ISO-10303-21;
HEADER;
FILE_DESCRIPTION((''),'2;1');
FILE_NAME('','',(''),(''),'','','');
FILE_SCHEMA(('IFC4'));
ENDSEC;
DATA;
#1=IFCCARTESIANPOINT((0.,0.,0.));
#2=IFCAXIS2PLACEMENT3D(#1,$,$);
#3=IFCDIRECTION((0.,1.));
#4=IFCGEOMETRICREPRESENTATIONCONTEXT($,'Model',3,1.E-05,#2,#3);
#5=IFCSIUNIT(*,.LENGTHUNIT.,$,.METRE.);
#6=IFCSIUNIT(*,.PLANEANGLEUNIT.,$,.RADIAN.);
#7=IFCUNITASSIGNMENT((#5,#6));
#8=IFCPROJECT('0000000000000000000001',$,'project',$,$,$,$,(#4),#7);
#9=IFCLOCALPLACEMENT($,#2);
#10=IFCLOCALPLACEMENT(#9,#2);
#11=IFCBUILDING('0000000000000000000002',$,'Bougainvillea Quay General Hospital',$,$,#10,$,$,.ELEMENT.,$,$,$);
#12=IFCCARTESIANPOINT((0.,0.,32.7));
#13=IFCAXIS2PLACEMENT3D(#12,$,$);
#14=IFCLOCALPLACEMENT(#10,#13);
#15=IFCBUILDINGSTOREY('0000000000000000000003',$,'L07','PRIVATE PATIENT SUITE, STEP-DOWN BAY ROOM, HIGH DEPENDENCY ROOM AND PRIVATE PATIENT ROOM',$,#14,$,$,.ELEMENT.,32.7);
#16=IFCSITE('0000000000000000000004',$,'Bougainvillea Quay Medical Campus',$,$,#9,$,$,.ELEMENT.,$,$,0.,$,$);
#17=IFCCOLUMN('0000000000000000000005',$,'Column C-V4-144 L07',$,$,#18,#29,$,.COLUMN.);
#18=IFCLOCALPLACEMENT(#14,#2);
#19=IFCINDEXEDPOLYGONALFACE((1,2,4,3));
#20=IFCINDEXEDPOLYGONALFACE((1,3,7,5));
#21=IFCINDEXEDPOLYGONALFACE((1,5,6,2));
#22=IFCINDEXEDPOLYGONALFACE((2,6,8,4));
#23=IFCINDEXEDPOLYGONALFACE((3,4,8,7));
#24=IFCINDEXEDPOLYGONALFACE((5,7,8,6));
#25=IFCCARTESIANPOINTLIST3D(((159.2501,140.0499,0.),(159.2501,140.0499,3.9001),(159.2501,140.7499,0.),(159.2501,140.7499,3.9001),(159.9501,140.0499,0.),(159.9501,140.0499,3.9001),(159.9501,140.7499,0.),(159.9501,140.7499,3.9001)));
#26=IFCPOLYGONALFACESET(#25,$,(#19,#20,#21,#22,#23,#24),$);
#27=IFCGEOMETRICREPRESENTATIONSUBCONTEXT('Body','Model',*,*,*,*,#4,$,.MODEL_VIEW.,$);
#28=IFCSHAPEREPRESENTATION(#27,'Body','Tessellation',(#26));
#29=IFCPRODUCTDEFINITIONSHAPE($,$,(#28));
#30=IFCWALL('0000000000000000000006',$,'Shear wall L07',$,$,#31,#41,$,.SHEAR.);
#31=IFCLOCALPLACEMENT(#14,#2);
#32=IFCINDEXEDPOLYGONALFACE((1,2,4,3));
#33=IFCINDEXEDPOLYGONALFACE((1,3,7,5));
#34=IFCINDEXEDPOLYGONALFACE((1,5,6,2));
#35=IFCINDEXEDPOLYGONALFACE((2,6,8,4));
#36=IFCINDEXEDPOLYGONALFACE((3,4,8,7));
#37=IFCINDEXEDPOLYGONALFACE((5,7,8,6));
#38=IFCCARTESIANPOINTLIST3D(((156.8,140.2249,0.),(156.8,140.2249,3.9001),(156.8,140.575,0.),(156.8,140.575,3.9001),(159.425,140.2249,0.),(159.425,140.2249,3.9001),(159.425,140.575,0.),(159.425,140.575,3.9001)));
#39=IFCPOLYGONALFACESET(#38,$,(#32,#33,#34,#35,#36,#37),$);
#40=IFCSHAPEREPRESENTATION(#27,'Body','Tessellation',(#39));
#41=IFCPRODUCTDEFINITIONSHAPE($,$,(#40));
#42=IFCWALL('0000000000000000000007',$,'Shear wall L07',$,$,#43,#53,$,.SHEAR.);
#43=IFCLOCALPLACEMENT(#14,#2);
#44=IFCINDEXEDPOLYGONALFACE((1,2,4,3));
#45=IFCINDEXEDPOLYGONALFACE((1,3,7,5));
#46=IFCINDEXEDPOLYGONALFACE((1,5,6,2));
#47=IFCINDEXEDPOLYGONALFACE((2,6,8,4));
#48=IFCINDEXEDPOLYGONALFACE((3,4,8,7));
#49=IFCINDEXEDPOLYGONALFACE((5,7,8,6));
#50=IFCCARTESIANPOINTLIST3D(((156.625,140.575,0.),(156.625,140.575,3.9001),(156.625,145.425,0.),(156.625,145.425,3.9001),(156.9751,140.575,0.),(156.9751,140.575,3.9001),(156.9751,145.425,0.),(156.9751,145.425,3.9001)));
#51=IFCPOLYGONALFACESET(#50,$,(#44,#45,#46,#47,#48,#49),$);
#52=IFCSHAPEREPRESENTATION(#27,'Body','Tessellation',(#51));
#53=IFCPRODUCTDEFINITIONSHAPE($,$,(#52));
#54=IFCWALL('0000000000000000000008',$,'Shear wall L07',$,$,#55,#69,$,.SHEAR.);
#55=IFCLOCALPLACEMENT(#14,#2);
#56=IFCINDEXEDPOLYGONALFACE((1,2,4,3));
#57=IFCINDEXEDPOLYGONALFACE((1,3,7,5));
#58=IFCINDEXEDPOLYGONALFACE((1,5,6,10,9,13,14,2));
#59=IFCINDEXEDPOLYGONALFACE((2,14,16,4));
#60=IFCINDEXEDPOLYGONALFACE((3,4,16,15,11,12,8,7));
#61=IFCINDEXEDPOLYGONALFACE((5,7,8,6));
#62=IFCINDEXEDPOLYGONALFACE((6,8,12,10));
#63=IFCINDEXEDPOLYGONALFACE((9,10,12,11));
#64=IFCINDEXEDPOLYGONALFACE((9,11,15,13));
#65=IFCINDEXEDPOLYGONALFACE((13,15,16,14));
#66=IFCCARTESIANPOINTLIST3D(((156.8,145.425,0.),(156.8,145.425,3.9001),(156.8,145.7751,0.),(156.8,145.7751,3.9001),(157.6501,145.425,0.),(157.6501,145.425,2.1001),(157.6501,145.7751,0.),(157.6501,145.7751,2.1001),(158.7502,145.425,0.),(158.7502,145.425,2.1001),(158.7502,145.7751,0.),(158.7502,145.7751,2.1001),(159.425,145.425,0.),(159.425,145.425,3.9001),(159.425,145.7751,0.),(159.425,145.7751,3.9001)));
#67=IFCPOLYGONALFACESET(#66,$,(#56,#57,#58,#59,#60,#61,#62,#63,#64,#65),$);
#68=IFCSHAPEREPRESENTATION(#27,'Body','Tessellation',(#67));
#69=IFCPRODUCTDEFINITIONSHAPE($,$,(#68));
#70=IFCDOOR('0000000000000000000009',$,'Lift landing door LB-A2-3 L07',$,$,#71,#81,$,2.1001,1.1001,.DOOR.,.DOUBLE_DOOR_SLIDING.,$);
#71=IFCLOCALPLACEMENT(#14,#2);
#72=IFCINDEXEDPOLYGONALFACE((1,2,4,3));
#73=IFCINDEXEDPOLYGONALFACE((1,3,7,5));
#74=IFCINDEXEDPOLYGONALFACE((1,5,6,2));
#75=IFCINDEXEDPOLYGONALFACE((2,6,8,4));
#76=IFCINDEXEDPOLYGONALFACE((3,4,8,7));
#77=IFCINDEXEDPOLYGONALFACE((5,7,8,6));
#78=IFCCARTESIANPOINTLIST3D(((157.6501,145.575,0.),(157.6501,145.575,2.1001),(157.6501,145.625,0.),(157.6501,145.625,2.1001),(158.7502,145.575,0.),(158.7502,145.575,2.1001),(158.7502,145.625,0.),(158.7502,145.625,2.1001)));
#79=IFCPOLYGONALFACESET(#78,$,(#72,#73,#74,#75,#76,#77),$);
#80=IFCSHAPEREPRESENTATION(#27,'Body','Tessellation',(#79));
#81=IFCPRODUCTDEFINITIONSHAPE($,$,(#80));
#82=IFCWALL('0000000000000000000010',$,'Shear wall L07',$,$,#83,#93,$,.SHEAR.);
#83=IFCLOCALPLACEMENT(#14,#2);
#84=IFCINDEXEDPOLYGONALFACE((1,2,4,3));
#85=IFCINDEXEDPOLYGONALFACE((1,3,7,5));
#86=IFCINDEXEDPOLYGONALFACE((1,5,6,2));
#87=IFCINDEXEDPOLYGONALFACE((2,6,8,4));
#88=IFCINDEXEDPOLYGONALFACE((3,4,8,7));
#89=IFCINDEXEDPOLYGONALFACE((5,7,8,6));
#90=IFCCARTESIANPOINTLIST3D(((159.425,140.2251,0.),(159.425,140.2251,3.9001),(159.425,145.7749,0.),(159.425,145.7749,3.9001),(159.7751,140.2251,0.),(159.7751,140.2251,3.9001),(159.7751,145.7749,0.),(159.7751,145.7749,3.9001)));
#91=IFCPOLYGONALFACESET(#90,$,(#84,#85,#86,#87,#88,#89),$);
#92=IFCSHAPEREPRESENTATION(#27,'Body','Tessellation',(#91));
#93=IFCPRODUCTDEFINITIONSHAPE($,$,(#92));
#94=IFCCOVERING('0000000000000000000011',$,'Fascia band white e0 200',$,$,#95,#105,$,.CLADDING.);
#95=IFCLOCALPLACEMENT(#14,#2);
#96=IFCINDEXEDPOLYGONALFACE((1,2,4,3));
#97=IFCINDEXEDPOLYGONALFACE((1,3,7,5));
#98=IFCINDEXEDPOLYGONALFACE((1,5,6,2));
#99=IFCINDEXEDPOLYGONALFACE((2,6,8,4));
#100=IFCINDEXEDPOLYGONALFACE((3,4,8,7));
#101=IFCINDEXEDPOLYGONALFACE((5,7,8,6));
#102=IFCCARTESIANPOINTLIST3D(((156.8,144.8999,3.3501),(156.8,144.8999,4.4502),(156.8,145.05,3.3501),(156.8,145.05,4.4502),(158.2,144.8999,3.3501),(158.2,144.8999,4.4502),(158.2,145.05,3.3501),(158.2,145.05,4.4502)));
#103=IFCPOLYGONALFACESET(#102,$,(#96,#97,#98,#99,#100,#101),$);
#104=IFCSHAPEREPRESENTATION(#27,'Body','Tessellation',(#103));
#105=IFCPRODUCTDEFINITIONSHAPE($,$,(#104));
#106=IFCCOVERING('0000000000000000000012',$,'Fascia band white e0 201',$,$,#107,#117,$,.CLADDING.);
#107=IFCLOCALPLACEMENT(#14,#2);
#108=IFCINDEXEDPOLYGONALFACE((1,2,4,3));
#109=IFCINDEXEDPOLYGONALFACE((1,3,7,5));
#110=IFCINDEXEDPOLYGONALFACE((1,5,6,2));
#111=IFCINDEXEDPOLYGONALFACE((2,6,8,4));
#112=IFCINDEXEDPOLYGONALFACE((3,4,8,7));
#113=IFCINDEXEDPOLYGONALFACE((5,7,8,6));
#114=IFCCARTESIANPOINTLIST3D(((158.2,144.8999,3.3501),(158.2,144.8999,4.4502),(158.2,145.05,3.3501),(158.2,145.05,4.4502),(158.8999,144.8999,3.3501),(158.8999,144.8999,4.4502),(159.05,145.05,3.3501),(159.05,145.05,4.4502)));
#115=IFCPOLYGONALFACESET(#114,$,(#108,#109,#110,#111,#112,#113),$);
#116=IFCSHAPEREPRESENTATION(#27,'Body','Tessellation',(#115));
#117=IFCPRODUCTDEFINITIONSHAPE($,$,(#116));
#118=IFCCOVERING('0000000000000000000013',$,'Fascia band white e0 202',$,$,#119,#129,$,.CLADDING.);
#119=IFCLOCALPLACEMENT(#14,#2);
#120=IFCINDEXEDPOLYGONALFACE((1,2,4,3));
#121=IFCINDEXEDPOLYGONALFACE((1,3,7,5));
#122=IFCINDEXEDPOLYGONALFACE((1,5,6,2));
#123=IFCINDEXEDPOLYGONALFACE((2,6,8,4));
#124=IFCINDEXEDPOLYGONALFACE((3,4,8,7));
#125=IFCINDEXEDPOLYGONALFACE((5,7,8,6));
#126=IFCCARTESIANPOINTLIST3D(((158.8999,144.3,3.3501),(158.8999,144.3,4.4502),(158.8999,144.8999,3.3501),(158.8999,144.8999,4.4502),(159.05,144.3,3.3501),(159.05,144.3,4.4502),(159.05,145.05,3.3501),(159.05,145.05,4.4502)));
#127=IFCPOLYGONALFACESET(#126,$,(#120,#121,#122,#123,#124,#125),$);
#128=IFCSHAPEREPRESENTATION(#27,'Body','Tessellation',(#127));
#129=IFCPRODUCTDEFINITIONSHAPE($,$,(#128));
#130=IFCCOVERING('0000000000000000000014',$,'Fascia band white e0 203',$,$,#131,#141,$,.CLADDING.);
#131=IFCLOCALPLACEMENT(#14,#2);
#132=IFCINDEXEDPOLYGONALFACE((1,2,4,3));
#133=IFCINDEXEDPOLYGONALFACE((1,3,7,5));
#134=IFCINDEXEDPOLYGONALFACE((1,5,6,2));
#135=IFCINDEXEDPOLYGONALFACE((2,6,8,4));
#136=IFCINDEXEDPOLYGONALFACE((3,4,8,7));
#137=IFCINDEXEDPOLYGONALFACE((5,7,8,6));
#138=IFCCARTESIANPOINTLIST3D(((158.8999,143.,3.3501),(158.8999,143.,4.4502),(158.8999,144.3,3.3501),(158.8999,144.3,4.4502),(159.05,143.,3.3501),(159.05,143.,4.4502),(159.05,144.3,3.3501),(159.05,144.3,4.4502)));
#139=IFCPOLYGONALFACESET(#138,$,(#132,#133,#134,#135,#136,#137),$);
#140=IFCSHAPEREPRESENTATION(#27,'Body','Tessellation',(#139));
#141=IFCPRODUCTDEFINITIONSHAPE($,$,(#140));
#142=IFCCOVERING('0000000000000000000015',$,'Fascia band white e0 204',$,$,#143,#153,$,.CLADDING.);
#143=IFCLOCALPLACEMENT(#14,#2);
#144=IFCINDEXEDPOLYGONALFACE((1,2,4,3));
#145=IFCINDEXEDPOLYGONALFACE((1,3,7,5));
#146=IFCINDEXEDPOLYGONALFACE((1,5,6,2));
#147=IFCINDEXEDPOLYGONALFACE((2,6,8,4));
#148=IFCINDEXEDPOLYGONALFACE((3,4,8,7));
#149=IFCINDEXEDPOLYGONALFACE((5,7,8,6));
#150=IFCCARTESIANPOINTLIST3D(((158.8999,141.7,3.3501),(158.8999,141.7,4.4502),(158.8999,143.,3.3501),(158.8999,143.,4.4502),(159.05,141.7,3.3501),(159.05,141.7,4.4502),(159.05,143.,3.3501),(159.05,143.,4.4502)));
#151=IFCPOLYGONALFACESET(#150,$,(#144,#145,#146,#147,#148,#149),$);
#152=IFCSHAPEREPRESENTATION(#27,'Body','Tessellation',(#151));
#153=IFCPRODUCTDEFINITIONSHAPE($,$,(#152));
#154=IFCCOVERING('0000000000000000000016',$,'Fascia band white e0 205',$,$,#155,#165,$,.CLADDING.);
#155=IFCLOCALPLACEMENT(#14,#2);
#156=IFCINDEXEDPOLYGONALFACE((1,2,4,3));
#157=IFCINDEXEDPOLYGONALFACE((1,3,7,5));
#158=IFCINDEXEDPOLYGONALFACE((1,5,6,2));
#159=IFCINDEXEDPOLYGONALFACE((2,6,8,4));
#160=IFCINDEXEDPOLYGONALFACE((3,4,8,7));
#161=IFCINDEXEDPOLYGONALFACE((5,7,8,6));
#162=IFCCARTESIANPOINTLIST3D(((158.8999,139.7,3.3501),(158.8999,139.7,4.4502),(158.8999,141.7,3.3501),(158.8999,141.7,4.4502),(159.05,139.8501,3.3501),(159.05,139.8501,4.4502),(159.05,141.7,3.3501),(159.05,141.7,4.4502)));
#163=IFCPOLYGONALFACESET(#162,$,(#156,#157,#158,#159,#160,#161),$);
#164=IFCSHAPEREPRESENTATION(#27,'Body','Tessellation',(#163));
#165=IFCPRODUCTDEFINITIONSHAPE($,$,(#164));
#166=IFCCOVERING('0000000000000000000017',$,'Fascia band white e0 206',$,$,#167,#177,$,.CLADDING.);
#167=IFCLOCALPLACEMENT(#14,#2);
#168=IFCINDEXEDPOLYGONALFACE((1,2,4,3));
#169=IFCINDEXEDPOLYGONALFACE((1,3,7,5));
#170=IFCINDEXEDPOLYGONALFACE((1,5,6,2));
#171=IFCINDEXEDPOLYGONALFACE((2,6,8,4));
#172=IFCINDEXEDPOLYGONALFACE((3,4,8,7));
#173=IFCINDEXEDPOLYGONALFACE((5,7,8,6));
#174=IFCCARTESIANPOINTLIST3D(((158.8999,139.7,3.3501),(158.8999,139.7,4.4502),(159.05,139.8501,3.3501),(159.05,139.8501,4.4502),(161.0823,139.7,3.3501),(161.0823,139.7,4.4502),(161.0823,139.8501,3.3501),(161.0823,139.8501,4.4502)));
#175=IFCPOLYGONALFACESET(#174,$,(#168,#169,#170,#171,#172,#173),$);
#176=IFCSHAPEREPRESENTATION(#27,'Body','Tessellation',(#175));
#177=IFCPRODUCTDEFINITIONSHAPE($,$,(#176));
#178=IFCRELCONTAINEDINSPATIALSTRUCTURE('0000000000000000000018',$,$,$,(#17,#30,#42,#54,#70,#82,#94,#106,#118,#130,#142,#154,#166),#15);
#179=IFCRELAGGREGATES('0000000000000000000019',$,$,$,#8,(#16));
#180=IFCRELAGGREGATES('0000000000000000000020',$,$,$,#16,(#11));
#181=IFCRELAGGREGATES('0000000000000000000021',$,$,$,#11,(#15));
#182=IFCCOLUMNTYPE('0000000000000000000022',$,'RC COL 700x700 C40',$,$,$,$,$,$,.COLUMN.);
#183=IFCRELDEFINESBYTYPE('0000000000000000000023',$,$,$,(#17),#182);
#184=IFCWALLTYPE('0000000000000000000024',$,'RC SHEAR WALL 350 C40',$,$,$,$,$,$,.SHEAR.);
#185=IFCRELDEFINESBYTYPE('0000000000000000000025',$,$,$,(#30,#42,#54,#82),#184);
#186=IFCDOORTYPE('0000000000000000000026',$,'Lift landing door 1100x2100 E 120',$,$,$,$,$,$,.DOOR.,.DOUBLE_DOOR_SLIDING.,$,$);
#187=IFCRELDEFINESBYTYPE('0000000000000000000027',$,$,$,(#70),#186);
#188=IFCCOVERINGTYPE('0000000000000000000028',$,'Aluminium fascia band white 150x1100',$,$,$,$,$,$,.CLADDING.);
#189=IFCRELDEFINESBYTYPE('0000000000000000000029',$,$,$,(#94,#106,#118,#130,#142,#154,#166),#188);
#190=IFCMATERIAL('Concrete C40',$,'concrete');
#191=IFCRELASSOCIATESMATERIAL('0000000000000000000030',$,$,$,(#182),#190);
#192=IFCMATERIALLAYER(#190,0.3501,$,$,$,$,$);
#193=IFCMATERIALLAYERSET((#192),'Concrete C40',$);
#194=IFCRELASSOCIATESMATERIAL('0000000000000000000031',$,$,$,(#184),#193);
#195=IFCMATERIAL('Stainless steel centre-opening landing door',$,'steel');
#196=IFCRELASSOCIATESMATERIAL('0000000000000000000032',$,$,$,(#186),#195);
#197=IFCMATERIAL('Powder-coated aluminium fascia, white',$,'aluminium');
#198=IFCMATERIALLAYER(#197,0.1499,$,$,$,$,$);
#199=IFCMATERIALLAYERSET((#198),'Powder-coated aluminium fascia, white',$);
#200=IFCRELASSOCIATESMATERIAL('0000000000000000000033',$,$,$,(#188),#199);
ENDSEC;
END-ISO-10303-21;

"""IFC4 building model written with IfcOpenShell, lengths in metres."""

from ifc_helpers import new_model, si_unit, direction, frame, frame_2d, origin, origin_2d, place, context, subcontext, project, spatial, polyline, rectangle, outline, extrude, material, layer, layer_set, material_profile, profile_set, type_object, element, fill, save


model = new_model("IFC4")

# Units and contexts
model_context = context("Model", 3, precision=1e-05, world=origin(), true_north=direction((0.0, 1.0)))
body_context = subcontext(model_context, "Body", "Model", "MODEL_VIEW")
ifc_project = project(units=[si_unit("LENGTHUNIT", "METRE"), si_unit("PLANEANGLEUNIT", "RADIAN")], contexts=[model_context])

# Site, building, storey
site_placement = place(None, origin())
site = spatial("IfcSite", under=ifc_project, at=site_placement, Name="Bougainvillea Quay Medical Campus", CompositionType="ELEMENT", RefElevation=0.0)
building_placement = place(site_placement, origin())
building = spatial("IfcBuilding", under=site, at=building_placement, Name="Bougainvillea Quay General Hospital", CompositionType="ELEMENT")
storey_placement = place(building_placement, frame((0.0, 0.0, 32.7)))
storey = spatial("IfcBuildingStorey", under=building, at=storey_placement, Name="L07", Description="PRIVATE PATIENT SUITE, STEP-DOWN BAY ROOM, HIGH DEPENDENCY ROOM AND PRIVATE PATIENT ROOM", CompositionType="ELEMENT", Elevation=32.7)

# Column
ifc_material_1 = material(Name="Concrete C40", Category="concrete")
ifc_material_profile_1 = material_profile(ifc_material_1, rectangle(XDim=0.7, YDim=0.7, at=origin_2d()))
ifc_profile_set_1 = profile_set([ifc_material_profile_1], Name="Concrete C40")
column_type = type_object("IfcColumnType", Name="RC COL 700x700 C40", PredefinedType="COLUMN", material=ifc_profile_set_1)
column_placement = place(storey_placement, frame((159.6001, 140.3999, 0.0), z_axis=(0.0, 0.0, 1.0), x_axis=(1.0, 0.0, 0.0)))
element("IfcColumn", 1, at=column_placement, inside=storey, type_object=column_type, Name="Column C-V4-144 L07", PredefinedType="COLUMN", context=body_context, shape_type="SweptSolid", body=[
    extrude(rectangle(XDim=0.7, YDim=0.7, at=origin_2d()), origin(), (0.0, 0.0, 1.0), 3.9001),
])

# Walls
ifc_layer_1 = layer(ifc_material_1, 0.3501)
ifc_layer_set_1 = layer_set([ifc_layer_1], Name="Concrete C40")
wall_type = type_object("IfcWallType", Name="RC SHEAR WALL 350 C40", PredefinedType="SHEAR", material=ifc_layer_set_1)
wall_1_placement = place(storey_placement, frame((156.8, 140.3999, 0.0), z_axis=(0.0, 0.0, 1.0), x_axis=(1.0, 0.0, 0.0)))
element("IfcWall", 2, at=wall_1_placement, inside=storey, type_object=wall_type, Name="Shear wall L07", PredefinedType="SHEAR", context=body_context, shape_type="SweptSolid", body=[
    extrude(rectangle(XDim=2.625, YDim=0.3501, at=frame_2d((1.3125, 0.0))), origin(), (0.0, 0.0, 1.0), 3.9001),
])
wall_2_placement = place(storey_placement, frame((156.8, 140.575, 0.0), z_axis=(0.0, 0.0, 1.0), x_axis=(0.0, 1.0, 0.0)))
element("IfcWall", 3, at=wall_2_placement, inside=storey, type_object=wall_type, Name="Shear wall L07", PredefinedType="SHEAR", context=body_context, shape_type="SweptSolid", body=[
    extrude(rectangle(XDim=4.8501, YDim=0.3501, at=frame_2d((2.425, 0.0))), origin(), (0.0, 0.0, 1.0), 3.9001),
])

# Wall, opening, door
wall_3_placement = place(storey_placement, frame((156.8, 145.6001, 0.0), z_axis=(0.0, 0.0, 1.0), x_axis=(1.0, 0.0, 0.0)))
wall_3 = element("IfcWall", 4, at=wall_3_placement, inside=storey, type_object=wall_type, Name="Shear wall L07", PredefinedType="SHEAR", context=body_context, shape_type="SweptSolid", body=[
    extrude(rectangle(XDim=2.625, YDim=0.3501, at=frame_2d((1.3125, 0.0))), origin(), (0.0, 0.0, 1.0), 3.9001),
])
opening_placement = place(wall_3_placement, frame((0.8501, 0.0, 0.0)))
opening = element("IfcOpeningElement", 5, at=opening_placement, cuts=wall_3, PredefinedType="OPENING", context=body_context, shape_type="SweptSolid", body=[
    extrude(rectangle(XDim=1.1001, YDim=2.1001, at=frame_2d((0.55, 1.05))), frame((0.0, 0.1851, 0.0), z_axis=(0.0, -1.0, 0.0), x_axis=(1.0, 0.0, 0.0)), (0.0, 0.0, 1.0), 0.3701),
])
ifc_material_2 = material(Name="Stainless steel centre-opening landing door", Category="steel")
door_type = type_object("IfcDoorType", Name="Lift landing door 1100x2100 E 120", OperationType="DOUBLE_DOOR_SLIDING", PredefinedType="DOOR", material=ifc_material_2)
door_placement = place(opening_placement, origin())
door = element("IfcDoor", 6, at=door_placement, inside=storey, type_object=door_type, Name="Lift landing door LB-A2-3 L07", OperationType="DOUBLE_DOOR_SLIDING", OverallHeight=2.1001, OverallWidth=1.1001, PredefinedType="DOOR", context=body_context, shape_type="SweptSolid", body=[
    extrude(rectangle(XDim=1.1001, YDim=2.1001, at=frame_2d((0.55, 1.05))), frame((0.0, 0.0249, 0.0), z_axis=(0.0, -1.0, 0.0), x_axis=(1.0, 0.0, 0.0)), (0.0, 0.0, 1.0), 0.05),
])
fill(opening, door)

# Wall
wall_4_placement = place(storey_placement, frame((159.6001, 140.2251, 0.0), z_axis=(0.0, 0.0, 1.0), x_axis=(0.0, 1.0, 0.0)))
element("IfcWall", 7, at=wall_4_placement, inside=storey, type_object=wall_type, Name="Shear wall L07", PredefinedType="SHEAR", context=body_context, shape_type="SweptSolid", body=[
    extrude(rectangle(XDim=5.5498, YDim=0.3501, at=frame_2d((2.7749, 0.0))), origin(), (0.0, 0.0, 1.0), 3.9001),
])

# Coverings
ifc_material_3 = material(Name="Powder-coated aluminium fascia, white", Category="aluminium")
ifc_layer_2 = layer(ifc_material_3, 0.1499)
ifc_layer_set_2 = layer_set([ifc_layer_2], Name="Powder-coated aluminium fascia, white")
covering_type = type_object("IfcCoveringType", Name="Aluminium fascia band white 150x1100", PredefinedType="CLADDING", material=ifc_layer_set_2)
covering_1_placement = place(storey_placement, frame((156.8, 145.05, 3.3501), z_axis=(0.0, 0.0, 1.0), x_axis=(1.0, 0.0, 0.0)))
element("IfcCovering", 8, at=covering_1_placement, inside=storey, type_object=covering_type, Name="Fascia band white e0 200", PredefinedType="CLADDING", context=body_context, shape_type="SweptSolid", body=[
    extrude(outline(polyline([(0.0, 0.0), (1.3999, 0.0), (1.3999, -0.1501), (0.0, -0.1501), (0.0, 0.0)])), origin(), (0.0, 0.0, 1.0), 1.1001),
])
covering_2_placement = place(storey_placement, frame((158.2, 145.05, 3.3501), z_axis=(0.0, 0.0, 1.0), x_axis=(1.0, 0.0, 0.0)))
element("IfcCovering", 9, at=covering_2_placement, inside=storey, type_object=covering_type, Name="Fascia band white e0 201", PredefinedType="CLADDING", context=body_context, shape_type="SweptSolid", body=[
    extrude(outline(polyline([(0.0, 0.0), (0.8501, 0.0), (0.7, -0.1501), (0.0, -0.1501), (0.0, 0.0)])), origin(), (0.0, 0.0, 1.0), 1.1001),
])
covering_3_placement = place(storey_placement, frame((159.05, 145.05, 3.3501), z_axis=(0.0, 0.0, 1.0), x_axis=(0.0, -1.0, 0.0)))
element("IfcCovering", 10, at=covering_3_placement, inside=storey, type_object=covering_type, Name="Fascia band white e0 202", PredefinedType="CLADDING", context=body_context, shape_type="SweptSolid", body=[
    extrude(outline(polyline([(0.0, 0.0), (0.75, 0.0), (0.75, -0.1501), (0.1501, -0.1501), (0.0, 0.0)])), origin(), (0.0, 0.0, 1.0), 1.1001),
])
for number, where, z_axis, x_axis, name in (
    (11, (159.05, 144.3, 3.3501), (0.0, 0.0, 1.0), (0.0, -1.0, 0.0), "Fascia band white e0 203"),
    (12, (159.05, 143.0, 3.3501), (0.0, 0.0, 1.0), (0.0, -1.0, 0.0), "Fascia band white e0 204"),
):
    element("IfcCovering", number, at=place(storey_placement, frame(where, z_axis=z_axis, x_axis=x_axis)), inside=storey, type_object=covering_type, Name=name, PredefinedType="CLADDING", context=body_context, shape_type="SweptSolid", body=[
        extrude(outline(polyline([(0.0, 0.0), (1.3, 0.0), (1.3, -0.1501), (0.0, -0.1501), (0.0, 0.0)])), origin(), (0.0, 0.0, 1.0), 1.1001),
    ])
covering_4_placement = place(storey_placement, frame((159.05, 141.7, 3.3501), z_axis=(0.0, 0.0, 1.0), x_axis=(0.0, -1.0, 0.0)))
element("IfcCovering", 13, at=covering_4_placement, inside=storey, type_object=covering_type, Name="Fascia band white e0 205", PredefinedType="CLADDING", context=body_context, shape_type="SweptSolid", body=[
    extrude(outline(polyline([(0.0, 0.0), (1.8499, 0.0), (2.0, -0.1501), (0.0, -0.1501), (0.0, 0.0)])), origin(), (0.0, 0.0, 1.0), 1.1001),
])
covering_5_placement = place(storey_placement, frame((159.05, 139.8501, 3.3501), z_axis=(0.0, 0.0, 1.0), x_axis=(1.0, 0.0, 0.0)))
element("IfcCovering", 14, at=covering_5_placement, inside=storey, type_object=covering_type, Name="Fascia band white e0 206", PredefinedType="CLADDING", context=body_context, shape_type="SweptSolid", body=[
    extrude(outline(polyline([(0.0, 0.0), (2.0322, 0.0), (2.0322, -0.1501), (-0.1501, -0.1501), (0.0, 0.0)])), origin(), (0.0, 0.0, 1.0), 1.1001),
])

save(model, "model.ifc")
